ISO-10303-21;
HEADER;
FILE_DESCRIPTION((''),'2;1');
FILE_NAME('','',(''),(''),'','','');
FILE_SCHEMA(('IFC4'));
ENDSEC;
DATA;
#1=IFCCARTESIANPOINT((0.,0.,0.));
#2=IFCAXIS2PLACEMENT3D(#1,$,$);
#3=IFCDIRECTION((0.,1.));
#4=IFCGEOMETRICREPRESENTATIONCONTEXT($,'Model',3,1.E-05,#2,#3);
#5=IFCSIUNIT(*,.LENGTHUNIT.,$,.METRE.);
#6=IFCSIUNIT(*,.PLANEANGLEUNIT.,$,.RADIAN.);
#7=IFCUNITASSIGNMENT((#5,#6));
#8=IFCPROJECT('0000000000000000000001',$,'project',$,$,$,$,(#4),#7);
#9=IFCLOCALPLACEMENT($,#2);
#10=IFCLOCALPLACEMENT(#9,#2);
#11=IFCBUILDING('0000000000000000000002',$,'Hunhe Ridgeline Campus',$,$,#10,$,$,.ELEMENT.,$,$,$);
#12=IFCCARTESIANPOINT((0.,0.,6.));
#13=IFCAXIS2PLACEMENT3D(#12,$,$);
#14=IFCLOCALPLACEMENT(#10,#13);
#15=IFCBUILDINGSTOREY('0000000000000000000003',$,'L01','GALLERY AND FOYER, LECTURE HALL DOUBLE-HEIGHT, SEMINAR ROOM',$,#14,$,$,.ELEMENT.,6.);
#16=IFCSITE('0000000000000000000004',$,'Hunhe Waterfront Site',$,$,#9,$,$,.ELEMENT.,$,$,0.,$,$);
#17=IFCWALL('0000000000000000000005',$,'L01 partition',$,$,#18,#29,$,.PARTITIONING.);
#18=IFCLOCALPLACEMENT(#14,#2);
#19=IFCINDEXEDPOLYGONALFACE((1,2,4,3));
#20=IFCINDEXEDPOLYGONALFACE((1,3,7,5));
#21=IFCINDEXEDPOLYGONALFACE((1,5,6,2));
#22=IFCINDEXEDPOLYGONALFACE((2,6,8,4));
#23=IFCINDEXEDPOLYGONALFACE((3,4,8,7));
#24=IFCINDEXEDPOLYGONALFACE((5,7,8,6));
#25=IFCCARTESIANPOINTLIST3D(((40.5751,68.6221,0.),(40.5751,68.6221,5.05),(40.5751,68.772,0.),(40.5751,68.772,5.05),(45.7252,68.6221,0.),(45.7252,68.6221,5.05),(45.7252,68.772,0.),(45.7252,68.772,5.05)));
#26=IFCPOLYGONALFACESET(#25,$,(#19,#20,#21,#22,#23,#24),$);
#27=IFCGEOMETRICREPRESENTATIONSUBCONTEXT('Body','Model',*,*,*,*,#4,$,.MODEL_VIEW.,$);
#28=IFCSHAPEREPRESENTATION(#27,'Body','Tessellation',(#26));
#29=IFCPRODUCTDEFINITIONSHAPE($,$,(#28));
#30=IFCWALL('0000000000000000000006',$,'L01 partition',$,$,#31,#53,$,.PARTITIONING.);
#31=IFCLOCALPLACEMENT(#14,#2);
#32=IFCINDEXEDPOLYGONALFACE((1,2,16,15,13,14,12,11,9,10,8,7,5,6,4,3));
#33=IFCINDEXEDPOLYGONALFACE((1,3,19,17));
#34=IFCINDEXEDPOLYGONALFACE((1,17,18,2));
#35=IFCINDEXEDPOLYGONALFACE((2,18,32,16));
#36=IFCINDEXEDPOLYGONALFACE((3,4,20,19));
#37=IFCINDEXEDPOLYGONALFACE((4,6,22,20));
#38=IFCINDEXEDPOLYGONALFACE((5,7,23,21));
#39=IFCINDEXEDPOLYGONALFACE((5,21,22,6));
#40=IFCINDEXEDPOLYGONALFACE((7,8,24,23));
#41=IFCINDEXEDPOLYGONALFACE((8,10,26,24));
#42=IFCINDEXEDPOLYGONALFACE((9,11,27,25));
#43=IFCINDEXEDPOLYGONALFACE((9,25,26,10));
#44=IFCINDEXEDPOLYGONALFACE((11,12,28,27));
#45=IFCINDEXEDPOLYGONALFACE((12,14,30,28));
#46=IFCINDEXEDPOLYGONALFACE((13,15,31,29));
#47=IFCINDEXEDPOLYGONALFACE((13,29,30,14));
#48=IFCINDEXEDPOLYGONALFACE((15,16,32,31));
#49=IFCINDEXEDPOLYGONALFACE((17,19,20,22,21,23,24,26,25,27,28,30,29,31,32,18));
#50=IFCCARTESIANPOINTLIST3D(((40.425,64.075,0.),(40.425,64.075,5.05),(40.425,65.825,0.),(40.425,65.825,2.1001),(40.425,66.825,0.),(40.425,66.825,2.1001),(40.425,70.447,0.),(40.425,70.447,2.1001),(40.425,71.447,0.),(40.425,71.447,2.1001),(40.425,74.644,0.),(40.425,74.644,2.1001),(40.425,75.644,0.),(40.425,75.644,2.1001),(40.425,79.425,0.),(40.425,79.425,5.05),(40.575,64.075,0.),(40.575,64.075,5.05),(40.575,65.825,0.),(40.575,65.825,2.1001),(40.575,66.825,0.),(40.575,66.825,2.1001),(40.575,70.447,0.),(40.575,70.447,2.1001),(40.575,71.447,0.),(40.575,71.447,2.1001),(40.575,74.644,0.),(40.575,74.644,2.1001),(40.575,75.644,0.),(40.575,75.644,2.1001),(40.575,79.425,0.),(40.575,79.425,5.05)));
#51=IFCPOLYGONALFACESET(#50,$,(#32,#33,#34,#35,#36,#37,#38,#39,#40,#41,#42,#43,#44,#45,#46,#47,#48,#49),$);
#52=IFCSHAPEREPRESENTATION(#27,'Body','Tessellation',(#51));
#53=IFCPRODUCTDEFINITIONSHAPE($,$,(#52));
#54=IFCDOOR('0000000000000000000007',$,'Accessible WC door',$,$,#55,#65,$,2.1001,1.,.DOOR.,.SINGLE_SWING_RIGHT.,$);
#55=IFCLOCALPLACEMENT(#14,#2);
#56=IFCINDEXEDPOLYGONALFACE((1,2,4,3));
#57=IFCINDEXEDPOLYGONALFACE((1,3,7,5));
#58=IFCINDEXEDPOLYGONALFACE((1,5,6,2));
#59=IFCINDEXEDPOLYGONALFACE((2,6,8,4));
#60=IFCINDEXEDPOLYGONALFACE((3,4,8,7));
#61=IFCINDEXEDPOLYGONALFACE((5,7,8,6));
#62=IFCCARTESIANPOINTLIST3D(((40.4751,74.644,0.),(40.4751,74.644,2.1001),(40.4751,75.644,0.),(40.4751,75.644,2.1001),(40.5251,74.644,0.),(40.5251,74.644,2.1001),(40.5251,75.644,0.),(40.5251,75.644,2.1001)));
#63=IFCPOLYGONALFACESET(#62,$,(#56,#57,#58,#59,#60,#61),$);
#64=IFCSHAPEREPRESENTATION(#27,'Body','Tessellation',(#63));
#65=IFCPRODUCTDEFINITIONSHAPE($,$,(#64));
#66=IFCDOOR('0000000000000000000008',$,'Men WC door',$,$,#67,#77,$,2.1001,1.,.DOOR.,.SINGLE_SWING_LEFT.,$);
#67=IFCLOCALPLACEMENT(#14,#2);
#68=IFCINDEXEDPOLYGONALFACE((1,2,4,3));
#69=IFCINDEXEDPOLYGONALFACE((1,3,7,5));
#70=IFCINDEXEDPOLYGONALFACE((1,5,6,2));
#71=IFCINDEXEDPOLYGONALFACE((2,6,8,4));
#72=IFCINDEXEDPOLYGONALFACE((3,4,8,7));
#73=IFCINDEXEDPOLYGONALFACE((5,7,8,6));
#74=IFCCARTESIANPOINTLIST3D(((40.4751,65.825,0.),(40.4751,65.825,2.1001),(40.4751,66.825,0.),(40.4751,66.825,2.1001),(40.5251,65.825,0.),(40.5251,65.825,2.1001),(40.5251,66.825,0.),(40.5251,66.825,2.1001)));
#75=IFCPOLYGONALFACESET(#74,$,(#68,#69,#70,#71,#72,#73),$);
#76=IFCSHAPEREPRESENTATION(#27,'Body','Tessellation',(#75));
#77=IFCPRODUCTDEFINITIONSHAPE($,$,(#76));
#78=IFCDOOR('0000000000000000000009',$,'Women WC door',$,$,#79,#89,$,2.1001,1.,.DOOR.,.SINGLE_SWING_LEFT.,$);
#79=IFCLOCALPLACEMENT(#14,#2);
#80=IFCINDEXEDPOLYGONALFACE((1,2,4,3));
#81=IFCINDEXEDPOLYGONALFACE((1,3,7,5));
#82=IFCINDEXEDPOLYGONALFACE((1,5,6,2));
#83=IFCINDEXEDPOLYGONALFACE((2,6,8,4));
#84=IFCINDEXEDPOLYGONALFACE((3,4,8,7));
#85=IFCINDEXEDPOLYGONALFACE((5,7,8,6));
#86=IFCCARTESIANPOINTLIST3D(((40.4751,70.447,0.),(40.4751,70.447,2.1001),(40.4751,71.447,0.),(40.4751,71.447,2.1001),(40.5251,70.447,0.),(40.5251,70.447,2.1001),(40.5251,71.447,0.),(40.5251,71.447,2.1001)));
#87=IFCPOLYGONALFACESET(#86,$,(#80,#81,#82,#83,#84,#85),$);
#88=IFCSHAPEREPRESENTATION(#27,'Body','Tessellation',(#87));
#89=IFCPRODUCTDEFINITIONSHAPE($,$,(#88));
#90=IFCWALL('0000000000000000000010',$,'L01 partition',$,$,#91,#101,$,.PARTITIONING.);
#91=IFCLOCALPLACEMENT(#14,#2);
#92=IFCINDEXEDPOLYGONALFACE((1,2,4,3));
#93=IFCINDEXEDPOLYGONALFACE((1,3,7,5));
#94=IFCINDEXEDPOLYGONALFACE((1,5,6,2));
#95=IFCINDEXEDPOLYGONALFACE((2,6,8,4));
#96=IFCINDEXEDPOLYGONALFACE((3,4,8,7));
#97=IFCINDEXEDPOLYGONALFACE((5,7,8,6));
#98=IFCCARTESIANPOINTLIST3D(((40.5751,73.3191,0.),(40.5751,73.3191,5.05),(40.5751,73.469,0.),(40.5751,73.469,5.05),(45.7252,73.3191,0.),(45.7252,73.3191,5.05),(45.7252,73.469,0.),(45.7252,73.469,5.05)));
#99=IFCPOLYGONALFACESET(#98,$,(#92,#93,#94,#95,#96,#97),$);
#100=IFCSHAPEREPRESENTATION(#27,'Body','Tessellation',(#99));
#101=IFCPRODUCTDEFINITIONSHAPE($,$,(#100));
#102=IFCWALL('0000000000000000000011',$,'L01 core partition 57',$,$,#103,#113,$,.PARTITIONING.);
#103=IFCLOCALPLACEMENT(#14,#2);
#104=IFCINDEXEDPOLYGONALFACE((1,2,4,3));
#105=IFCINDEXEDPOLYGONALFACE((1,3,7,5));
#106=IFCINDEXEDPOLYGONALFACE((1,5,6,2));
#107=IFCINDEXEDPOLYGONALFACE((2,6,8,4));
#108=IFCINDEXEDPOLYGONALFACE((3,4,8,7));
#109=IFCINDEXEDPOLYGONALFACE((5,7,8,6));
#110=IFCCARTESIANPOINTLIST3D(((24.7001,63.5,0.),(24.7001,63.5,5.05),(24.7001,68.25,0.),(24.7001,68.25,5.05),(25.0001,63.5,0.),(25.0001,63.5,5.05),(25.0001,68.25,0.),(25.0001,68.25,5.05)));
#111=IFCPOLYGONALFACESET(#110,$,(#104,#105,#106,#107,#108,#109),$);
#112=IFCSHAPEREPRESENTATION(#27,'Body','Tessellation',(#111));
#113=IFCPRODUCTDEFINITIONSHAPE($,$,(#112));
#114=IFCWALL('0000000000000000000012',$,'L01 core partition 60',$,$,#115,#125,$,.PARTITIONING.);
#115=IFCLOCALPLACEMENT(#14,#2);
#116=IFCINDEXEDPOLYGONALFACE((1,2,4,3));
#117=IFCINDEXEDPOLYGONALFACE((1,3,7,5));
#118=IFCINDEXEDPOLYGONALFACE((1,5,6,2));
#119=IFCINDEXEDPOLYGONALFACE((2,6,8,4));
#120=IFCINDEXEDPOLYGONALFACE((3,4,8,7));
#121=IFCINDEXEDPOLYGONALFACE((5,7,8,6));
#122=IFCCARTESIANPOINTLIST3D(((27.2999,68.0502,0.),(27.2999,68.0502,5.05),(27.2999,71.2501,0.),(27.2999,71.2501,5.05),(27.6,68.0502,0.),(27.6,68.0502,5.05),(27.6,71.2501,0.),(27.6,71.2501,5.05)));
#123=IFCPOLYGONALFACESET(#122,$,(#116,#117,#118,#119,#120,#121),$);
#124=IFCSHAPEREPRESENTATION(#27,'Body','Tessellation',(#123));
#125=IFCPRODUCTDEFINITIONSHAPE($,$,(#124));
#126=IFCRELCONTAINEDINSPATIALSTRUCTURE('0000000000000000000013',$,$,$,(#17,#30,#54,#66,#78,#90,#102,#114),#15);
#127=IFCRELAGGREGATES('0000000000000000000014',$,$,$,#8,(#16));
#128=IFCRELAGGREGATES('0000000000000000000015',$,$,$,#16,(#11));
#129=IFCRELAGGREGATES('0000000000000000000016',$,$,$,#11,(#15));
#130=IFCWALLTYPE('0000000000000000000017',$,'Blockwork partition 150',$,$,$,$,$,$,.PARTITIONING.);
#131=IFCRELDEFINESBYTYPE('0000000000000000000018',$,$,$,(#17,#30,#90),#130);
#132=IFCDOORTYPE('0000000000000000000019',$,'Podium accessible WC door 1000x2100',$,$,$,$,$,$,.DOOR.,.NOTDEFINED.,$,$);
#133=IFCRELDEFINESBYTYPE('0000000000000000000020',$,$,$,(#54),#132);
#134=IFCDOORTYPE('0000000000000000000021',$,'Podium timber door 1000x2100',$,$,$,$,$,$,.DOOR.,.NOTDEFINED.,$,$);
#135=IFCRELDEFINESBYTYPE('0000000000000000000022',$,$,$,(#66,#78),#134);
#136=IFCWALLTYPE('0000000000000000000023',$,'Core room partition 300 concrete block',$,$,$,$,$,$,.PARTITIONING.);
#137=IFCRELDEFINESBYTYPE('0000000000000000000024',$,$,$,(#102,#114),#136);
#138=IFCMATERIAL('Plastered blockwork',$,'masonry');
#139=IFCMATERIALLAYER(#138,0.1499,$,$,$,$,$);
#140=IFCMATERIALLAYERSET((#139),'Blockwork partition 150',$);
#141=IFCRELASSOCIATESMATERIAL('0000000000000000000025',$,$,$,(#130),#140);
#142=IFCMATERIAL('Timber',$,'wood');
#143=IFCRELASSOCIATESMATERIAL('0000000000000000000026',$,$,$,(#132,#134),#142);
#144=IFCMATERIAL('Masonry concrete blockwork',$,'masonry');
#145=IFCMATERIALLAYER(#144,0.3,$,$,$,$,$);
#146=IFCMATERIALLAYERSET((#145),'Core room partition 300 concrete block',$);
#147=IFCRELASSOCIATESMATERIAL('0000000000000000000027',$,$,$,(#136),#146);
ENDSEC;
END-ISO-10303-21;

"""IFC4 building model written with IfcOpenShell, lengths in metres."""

from ifc_helpers import new_model, si_unit, direction, frame, frame_2d, origin, place, context, subcontext, project, spatial, rectangle, extrude, material, layer, layer_set, type_object, element, fill, save


model = new_model("IFC4")

# Units and contexts
model_context = context("Model", 3, precision=1e-05, world=origin(), true_north=direction((0.0, 1.0)))
body_context = subcontext(model_context, "Body", "Model", "MODEL_VIEW")
ifc_project = project(units=[si_unit("LENGTHUNIT", "METRE"), si_unit("PLANEANGLEUNIT", "RADIAN")], contexts=[model_context])

# Site, building, storey
site_placement = place(None, origin())
site = spatial("IfcSite", under=ifc_project, at=site_placement, Name="Hunhe Waterfront Site", CompositionType="ELEMENT", RefElevation=0.0)
building_placement = place(site_placement, origin())
building = spatial("IfcBuilding", under=site, at=building_placement, Name="Hunhe Ridgeline Campus", CompositionType="ELEMENT")
storey_placement = place(building_placement, frame((0.0, 0.0, 6.0)))
storey = spatial("IfcBuildingStorey", under=building, at=storey_placement, Name="L01", Description="GALLERY AND FOYER, LECTURE HALL DOUBLE-HEIGHT, SEMINAR ROOM", CompositionType="ELEMENT", Elevation=6.0)

# Wall
ifc_material_1 = material(Name="Plastered blockwork", Category="masonry")
ifc_layer_1 = layer(ifc_material_1, 0.1499)
ifc_layer_set_1 = layer_set([ifc_layer_1], Name="Blockwork partition 150")
wall_type_1 = type_object("IfcWallType", Name="Blockwork partition 150", PredefinedType="PARTITIONING", material=ifc_layer_set_1)
wall_1_placement = place(storey_placement, frame((40.575, 68.697, 0.0), z_axis=(0.0, 0.0, 1.0), x_axis=(1.0, 0.0, 0.0)))
element("IfcWall", 1, at=wall_1_placement, inside=storey, type_object=wall_type_1, Name="L01 partition", PredefinedType="PARTITIONING", context=body_context, shape_type="SweptSolid", body=[
    extrude(rectangle(XDim=5.1501, YDim=0.1499, at=frame_2d((2.5752, 0.0))), origin(), (0.0, 0.0, 1.0), 5.05),
])

# Wall, openings, doors
wall_2_placement = place(storey_placement, frame((40.5, 64.075, 0.0), z_axis=(0.0, 0.0, 1.0), x_axis=(0.0, 1.0, 0.0)))
wall_2 = element("IfcWall", 2, at=wall_2_placement, inside=storey, type_object=wall_type_1, Name="L01 partition", PredefinedType="PARTITIONING", context=body_context, shape_type="SweptSolid", body=[
    extrude(rectangle(XDim=15.3501, YDim=0.1499, at=frame_2d((7.675, 0.0))), origin(), (0.0, 0.0, 1.0), 5.05),
])
opening_1_placement = place(wall_2_placement, frame((1.75, 0.0, 0.0)))
opening_1 = element("IfcOpeningElement", 3, at=opening_1_placement, cuts=wall_2, PredefinedType="OPENING", context=body_context, shape_type="SweptSolid", body=[
    extrude(rectangle(XDim=1.0, YDim=2.1001, at=frame_2d((0.5, 1.05))), frame((0.0, 0.075, 0.0), z_axis=(0.0, -1.0, 0.0), x_axis=(1.0, 0.0, 0.0)), (0.0, 0.0, 1.0), 0.1499),
])
opening_2_placement = place(wall_2_placement, frame((6.3721, 0.0, 0.0)))
opening_2 = element("IfcOpeningElement", 4, at=opening_2_placement, cuts=wall_2, PredefinedType="OPENING", context=body_context, shape_type="SweptSolid", body=[
    extrude(rectangle(XDim=1.0, YDim=2.1001, at=frame_2d((0.5, 1.05))), frame((0.0, 0.075, 0.0), z_axis=(0.0, -1.0, 0.0), x_axis=(1.0, 0.0, 0.0)), (0.0, 0.0, 1.0), 0.1499),
])
opening_3_placement = place(wall_2_placement, frame((10.5691, 0.0, 0.0)))
opening_3 = element("IfcOpeningElement", 5, at=opening_3_placement, cuts=wall_2, PredefinedType="OPENING", context=body_context, shape_type="SweptSolid", body=[
    extrude(rectangle(XDim=1.0, YDim=2.1001, at=frame_2d((0.5, 1.05))), frame((0.0, 0.075, 0.0), z_axis=(0.0, -1.0, 0.0), x_axis=(1.0, 0.0, 0.0)), (0.0, 0.0, 1.0), 0.1499),
])
ifc_material_2 = material(Name="Timber", Category="wood")
door_type_1 = type_object("IfcDoorType", Name="Podium accessible WC door 1000x2100", OperationType="NOTDEFINED", PredefinedType="DOOR", material=ifc_material_2)
door_1_placement = place(opening_3_placement, origin())
door_1 = element("IfcDoor", 6, at=door_1_placement, inside=storey, type_object=door_type_1, Name="Accessible WC door", OperationType="SINGLE_SWING_RIGHT", OverallHeight=2.1001, OverallWidth=1.0, PredefinedType="DOOR", context=body_context, shape_type="SweptSolid", body=[
    extrude(rectangle(XDim=1.0, YDim=2.1001, at=frame_2d((0.5, 1.05))), frame((0.0, 0.0249, 0.0), z_axis=(0.0, -1.0, 0.0), x_axis=(1.0, 0.0, 0.0)), (0.0, 0.0, 1.0), 0.05),
])
fill(opening_3, door_1)
door_type_2 = type_object("IfcDoorType", Name="Podium timber door 1000x2100", OperationType="NOTDEFINED", PredefinedType="DOOR", material=ifc_material_2)
door_2_placement = place(opening_1_placement, origin())
door_2 = element("IfcDoor", 7, at=door_2_placement, inside=storey, type_object=door_type_2, Name="Men WC door", OperationType="SINGLE_SWING_LEFT", OverallHeight=2.1001, OverallWidth=1.0, PredefinedType="DOOR", context=body_context, shape_type="SweptSolid", body=[
    extrude(rectangle(XDim=1.0, YDim=2.1001, at=frame_2d((0.5, 1.05))), frame((0.0, 0.0249, 0.0), z_axis=(0.0, -1.0, 0.0), x_axis=(1.0, 0.0, 0.0)), (0.0, 0.0, 1.0), 0.05),
])
fill(opening_1, door_2)
door_3_placement = place(opening_2_placement, origin())
door_3 = element("IfcDoor", 8, at=door_3_placement, inside=storey, type_object=door_type_2, Name="Women WC door", OperationType="SINGLE_SWING_LEFT", OverallHeight=2.1001, OverallWidth=1.0, PredefinedType="DOOR", context=body_context, shape_type="SweptSolid", body=[
    extrude(rectangle(XDim=1.0, YDim=2.1001, at=frame_2d((0.5, 1.05))), frame((0.0, 0.0249, 0.0), z_axis=(0.0, -1.0, 0.0), x_axis=(1.0, 0.0, 0.0)), (0.0, 0.0, 1.0), 0.05),
])
fill(opening_2, door_3)

# Wall
wall_3_placement = place(storey_placement, frame((40.575, 73.394, 0.0), z_axis=(0.0, 0.0, 1.0), x_axis=(1.0, 0.0, 0.0)))
element("IfcWall", 9, at=wall_3_placement, inside=storey, type_object=wall_type_1, Name="L01 partition", PredefinedType="PARTITIONING", context=body_context, shape_type="SweptSolid", body=[
    extrude(rectangle(XDim=5.1501, YDim=0.1499, at=frame_2d((2.5752, 0.0))), origin(), (0.0, 0.0, 1.0), 5.05),
])

# Shared definitions
ifc_material_3 = material(Name="Masonry concrete blockwork", Category="masonry")
ifc_layer_2 = layer(ifc_material_3, 0.3)
ifc_layer_set_2 = layer_set([ifc_layer_2], Name="Core room partition 300 concrete block")
wall_type_2 = type_object("IfcWallType", Name="Core room partition 300 concrete block", PredefinedType="PARTITIONING", material=ifc_layer_set_2)

# Walls
wall_4_placement = place(storey_placement, frame((24.8501, 63.5, 0.0), z_axis=(0.0, 0.0, 1.0), x_axis=(0.0, 1.0, 0.0)))
element("IfcWall", 10, at=wall_4_placement, inside=storey, type_object=wall_type_2, Name="L01 core partition 57", PredefinedType="PARTITIONING", context=body_context, shape_type="SweptSolid", body=[
    extrude(rectangle(XDim=4.75, YDim=0.3, at=frame_2d((2.375, 0.0))), origin(), (0.0, 0.0, 1.0), 5.05),
])
wall_5_placement = place(storey_placement, frame((27.45, 68.05, 0.0), z_axis=(0.0, 0.0, 1.0), x_axis=(0.0, 1.0, 0.0)))
element("IfcWall", 11, at=wall_5_placement, inside=storey, type_object=wall_type_2, Name="L01 core partition 60", PredefinedType="PARTITIONING", context=body_context, shape_type="SweptSolid", body=[
    extrude(rectangle(XDim=3.2, YDim=0.3, at=frame_2d((1.6001, 0.0))), origin(), (0.0, 0.0, 1.0), 5.05),
])

save(model, "model.ifc")
